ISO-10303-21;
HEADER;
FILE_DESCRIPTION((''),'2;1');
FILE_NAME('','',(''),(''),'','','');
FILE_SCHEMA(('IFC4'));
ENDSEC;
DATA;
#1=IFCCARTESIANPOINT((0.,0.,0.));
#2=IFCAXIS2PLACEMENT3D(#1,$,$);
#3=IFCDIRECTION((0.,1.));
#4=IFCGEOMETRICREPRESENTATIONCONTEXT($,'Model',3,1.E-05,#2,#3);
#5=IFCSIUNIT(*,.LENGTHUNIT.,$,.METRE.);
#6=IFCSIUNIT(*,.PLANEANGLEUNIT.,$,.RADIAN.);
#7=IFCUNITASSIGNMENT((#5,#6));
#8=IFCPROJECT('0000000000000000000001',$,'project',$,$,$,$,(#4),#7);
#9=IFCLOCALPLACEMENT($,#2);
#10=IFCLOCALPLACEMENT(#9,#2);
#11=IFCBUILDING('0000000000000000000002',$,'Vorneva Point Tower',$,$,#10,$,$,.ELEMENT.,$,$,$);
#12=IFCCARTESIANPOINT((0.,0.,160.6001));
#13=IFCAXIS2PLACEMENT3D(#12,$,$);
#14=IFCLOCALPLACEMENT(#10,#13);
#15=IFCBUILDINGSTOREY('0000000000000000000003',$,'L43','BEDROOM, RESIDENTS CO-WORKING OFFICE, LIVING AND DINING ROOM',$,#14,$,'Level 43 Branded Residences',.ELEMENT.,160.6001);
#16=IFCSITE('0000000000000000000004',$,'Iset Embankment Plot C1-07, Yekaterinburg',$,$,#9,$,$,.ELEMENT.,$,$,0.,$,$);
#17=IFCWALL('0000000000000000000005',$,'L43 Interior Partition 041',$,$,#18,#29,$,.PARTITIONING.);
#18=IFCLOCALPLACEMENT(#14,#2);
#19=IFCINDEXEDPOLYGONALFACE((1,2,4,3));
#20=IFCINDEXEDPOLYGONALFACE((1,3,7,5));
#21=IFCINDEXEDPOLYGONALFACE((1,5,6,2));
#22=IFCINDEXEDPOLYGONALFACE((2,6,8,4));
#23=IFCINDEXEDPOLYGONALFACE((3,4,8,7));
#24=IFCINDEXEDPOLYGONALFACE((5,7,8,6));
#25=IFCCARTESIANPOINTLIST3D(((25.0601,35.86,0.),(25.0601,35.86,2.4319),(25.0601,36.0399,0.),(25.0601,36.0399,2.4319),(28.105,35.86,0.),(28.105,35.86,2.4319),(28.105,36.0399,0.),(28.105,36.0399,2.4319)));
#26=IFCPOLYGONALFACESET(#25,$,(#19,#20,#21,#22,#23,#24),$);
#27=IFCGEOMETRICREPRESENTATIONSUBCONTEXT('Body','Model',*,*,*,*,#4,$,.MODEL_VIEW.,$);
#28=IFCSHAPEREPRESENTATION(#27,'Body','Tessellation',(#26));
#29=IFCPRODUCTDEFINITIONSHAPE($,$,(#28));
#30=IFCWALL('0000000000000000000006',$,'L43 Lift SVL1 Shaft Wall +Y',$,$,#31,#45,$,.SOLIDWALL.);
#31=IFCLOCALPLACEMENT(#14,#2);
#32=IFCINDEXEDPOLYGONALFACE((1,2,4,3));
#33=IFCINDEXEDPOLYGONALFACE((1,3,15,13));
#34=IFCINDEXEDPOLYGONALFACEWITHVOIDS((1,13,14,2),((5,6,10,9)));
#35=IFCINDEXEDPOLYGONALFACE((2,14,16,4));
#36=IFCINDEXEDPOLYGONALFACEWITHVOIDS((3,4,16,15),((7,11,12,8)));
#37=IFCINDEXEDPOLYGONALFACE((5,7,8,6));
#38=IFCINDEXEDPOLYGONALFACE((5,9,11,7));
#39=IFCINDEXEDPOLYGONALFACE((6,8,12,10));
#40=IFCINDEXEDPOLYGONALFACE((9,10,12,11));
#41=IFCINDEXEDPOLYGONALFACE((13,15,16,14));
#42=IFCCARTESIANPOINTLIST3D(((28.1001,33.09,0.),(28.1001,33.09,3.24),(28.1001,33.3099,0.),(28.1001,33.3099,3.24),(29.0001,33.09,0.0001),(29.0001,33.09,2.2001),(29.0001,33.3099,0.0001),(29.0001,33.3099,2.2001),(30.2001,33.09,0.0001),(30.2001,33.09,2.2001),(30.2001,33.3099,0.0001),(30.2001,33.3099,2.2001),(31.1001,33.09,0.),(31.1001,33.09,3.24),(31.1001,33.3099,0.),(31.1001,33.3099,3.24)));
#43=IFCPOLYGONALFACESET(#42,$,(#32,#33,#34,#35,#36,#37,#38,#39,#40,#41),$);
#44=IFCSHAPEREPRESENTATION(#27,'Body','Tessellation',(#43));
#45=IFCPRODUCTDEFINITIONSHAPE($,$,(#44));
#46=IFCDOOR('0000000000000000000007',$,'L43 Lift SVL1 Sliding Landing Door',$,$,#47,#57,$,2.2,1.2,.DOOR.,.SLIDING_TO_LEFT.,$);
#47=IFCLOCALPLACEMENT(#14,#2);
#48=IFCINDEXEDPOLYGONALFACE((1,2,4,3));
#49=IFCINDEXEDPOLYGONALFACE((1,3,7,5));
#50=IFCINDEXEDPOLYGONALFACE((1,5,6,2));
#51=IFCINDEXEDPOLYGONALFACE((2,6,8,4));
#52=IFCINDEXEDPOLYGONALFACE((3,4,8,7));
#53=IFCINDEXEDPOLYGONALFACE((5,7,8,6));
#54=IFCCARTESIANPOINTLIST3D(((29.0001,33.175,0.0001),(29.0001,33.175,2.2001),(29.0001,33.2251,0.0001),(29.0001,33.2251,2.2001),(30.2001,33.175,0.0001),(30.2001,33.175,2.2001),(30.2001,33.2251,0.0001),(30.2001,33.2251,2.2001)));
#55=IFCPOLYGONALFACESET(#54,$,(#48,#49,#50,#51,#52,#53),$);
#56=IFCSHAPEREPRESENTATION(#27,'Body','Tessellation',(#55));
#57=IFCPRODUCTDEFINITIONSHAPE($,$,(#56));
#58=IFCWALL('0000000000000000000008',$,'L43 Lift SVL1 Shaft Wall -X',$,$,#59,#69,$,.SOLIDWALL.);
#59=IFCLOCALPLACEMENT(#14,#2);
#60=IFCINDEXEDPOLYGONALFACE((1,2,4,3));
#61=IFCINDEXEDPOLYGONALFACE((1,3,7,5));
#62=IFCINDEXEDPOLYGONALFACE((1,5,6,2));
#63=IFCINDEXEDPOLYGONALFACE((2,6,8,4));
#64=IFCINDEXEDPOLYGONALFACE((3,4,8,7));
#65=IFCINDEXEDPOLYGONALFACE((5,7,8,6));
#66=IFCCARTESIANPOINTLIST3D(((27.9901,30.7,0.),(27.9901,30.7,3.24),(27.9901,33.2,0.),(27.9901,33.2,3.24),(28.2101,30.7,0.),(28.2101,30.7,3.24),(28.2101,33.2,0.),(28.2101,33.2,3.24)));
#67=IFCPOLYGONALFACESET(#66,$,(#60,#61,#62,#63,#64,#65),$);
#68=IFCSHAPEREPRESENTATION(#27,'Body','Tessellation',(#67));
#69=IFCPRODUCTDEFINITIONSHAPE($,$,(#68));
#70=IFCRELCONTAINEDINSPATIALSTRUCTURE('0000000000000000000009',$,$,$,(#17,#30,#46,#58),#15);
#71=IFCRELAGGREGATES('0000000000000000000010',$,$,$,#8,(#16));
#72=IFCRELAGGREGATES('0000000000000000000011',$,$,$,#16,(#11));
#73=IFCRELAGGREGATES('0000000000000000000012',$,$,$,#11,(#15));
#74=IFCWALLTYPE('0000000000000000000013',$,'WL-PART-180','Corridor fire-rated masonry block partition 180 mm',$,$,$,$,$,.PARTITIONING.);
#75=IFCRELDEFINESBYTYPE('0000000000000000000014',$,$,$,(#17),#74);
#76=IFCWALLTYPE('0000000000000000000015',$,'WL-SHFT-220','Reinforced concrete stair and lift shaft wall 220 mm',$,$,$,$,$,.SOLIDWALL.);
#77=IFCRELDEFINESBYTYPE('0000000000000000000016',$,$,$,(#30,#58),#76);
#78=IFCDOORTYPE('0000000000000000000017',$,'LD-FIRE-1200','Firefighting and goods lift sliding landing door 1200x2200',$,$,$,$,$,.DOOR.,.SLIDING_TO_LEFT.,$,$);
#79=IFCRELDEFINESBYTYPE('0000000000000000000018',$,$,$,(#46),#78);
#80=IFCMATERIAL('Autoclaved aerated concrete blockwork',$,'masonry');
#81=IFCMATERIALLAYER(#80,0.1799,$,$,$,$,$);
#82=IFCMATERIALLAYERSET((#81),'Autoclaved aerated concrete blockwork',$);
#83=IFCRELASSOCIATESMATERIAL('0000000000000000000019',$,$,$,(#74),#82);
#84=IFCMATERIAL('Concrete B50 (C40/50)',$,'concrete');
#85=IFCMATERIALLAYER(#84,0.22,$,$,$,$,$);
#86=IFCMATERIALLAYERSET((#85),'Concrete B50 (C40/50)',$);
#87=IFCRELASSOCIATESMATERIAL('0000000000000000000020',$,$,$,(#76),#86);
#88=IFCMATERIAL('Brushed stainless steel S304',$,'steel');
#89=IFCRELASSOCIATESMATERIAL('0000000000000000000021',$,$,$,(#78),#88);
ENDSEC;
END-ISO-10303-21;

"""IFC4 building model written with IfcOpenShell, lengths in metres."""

from ifc_helpers import new_model, si_unit, direction, frame, frame_2d, origin, place, context, subcontext, project, spatial, rectangle, extrude, material, layer, layer_set, type_object, element, fill, save


model = new_model("IFC4")

# Units and contexts
model_context = context("Model", 3, precision=1e-05, world=origin(), true_north=direction((0.0, 1.0)))
body_context = subcontext(model_context, "Body", "Model", "MODEL_VIEW")
ifc_project = project(units=[si_unit("LENGTHUNIT", "METRE"), si_unit("PLANEANGLEUNIT", "RADIAN")], contexts=[model_context])

# Site, building, storey
site_placement = place(None, origin())
site = spatial("IfcSite", under=ifc_project, at=site_placement, Name="Iset Embankment Plot C1-07, Yekaterinburg", CompositionType="ELEMENT", RefElevation=0.0)
building_placement = place(site_placement, origin())
building = spatial("IfcBuilding", under=site, at=building_placement, Name="Vorneva Point Tower", CompositionType="ELEMENT")
storey_placement = place(building_placement, frame((0.0, 0.0, 160.6001)))
storey = spatial("IfcBuildingStorey", under=building, at=storey_placement, Name="L43", Description="BEDROOM, RESIDENTS CO-WORKING OFFICE, LIVING AND DINING ROOM", LongName="Level 43 Branded Residences", CompositionType="ELEMENT", Elevation=160.6001)

# Shared definitions
ifc_material_1 = material(Name="Autoclaved aerated concrete blockwork", Category="masonry")
ifc_layer_1 = layer(ifc_material_1, 0.1799)
ifc_layer_set_1 = layer_set([ifc_layer_1], Name="Autoclaved aerated concrete blockwork")
wall_type_1 = type_object("IfcWallType", Name="WL-PART-180", Description="Corridor fire-rated masonry block partition 180 mm", PredefinedType="PARTITIONING", material=ifc_layer_set_1)

# Wall
wall_1_placement = place(storey_placement, frame((28.105, 35.95, 0.0), z_axis=(0.0, 0.0, 1.0), x_axis=(-1.0, 0.0, 0.0)))
element("IfcWall", 1, at=wall_1_placement, inside=storey, type_object=wall_type_1, Name="L43 Interior Partition 041", PredefinedType="PARTITIONING", context=body_context, shape_type="SweptSolid", body=[
    extrude(rectangle(XDim=3.0449, YDim=0.1799, at=frame_2d((1.5225, 0.0))), origin(), (0.0, 0.0, 1.0), 2.4319),
])

# Wall, opening, door
ifc_material_2 = material(Name="Concrete B50 (C40/50)", Category="concrete")
ifc_layer_2 = layer(ifc_material_2, 0.22)
ifc_layer_set_2 = layer_set([ifc_layer_2], Name="Concrete B50 (C40/50)")
wall_type_2 = type_object("IfcWallType", Name="WL-SHFT-220", Description="Reinforced concrete stair and lift shaft wall 220 mm", PredefinedType="SOLIDWALL", material=ifc_layer_set_2)
wall_2_placement = place(storey_placement, frame((31.1001, 33.2, 0.0), z_axis=(0.0, 0.0, 1.0), x_axis=(-1.0, 0.0, 0.0)))
wall_2 = element("IfcWall", 2, at=wall_2_placement, inside=storey, type_object=wall_type_2, Name="L43 Lift SVL1 Shaft Wall +Y", PredefinedType="SOLIDWALL", context=body_context, shape_type="SweptSolid", body=[
    extrude(rectangle(XDim=3.0, YDim=0.22, at=frame_2d((1.5, 0.0))), origin(), (0.0, 0.0, 1.0), 3.24),
])
opening_1_placement = place(wall_2_placement, frame((0.8999, 0.0, 0.0)))
opening_1 = element("IfcOpeningElement", 3, at=opening_1_placement, cuts=wall_2, PredefinedType="OPENING", context=body_context, shape_type="SweptSolid", body=[
    extrude(rectangle(XDim=1.2, YDim=2.2, at=frame_2d((0.6001, 1.1001))), frame((0.0, 0.125, 0.0), z_axis=(0.0, -1.0, 0.0), x_axis=(1.0, 0.0, 0.0)), (0.0, 0.0, 1.0), 0.2498),
])
ifc_material_3 = material(Name="Brushed stainless steel S304", Category="steel")
door_type_1 = type_object("IfcDoorType", Name="LD-FIRE-1200", Description="Firefighting and goods lift sliding landing door 1200x2200", OperationType="SLIDING_TO_LEFT", PredefinedType="DOOR", material=ifc_material_3)
door_1_placement = place(opening_1_placement, origin())
door_1 = element("IfcDoor", 4, at=door_1_placement, inside=storey, type_object=door_type_1, Name="L43 Lift SVL1 Sliding Landing Door", OperationType="SLIDING_TO_LEFT", OverallHeight=2.2, OverallWidth=1.2, PredefinedType="DOOR", context=body_context, shape_type="SweptSolid", body=[
    extrude(rectangle(XDim=1.2, YDim=2.2, at=frame_2d((0.6001, 1.1001))), frame((0.0, 0.0249, 0.0), z_axis=(0.0, -1.0, 0.0), x_axis=(1.0, 0.0, 0.0)), (0.0, 0.0, 1.0), 0.05),
])
fill(opening_1, door_1)

# Wall
wall_3_placement = place(storey_placement, frame((28.1001, 33.2, 0.0), z_axis=(0.0, 0.0, 1.0), x_axis=(0.0, -1.0, 0.0)))
element("IfcWall", 5, at=wall_3_placement, inside=storey, type_object=wall_type_2, Name="L43 Lift SVL1 Shaft Wall -X", PredefinedType="SOLIDWALL", context=body_context, shape_type="SweptSolid", body=[
    extrude(rectangle(XDim=2.5, YDim=0.22, at=frame_2d((1.25, 0.0))), origin(), (0.0, 0.0, 1.0), 3.24),
])

save(model, "model.ifc")
